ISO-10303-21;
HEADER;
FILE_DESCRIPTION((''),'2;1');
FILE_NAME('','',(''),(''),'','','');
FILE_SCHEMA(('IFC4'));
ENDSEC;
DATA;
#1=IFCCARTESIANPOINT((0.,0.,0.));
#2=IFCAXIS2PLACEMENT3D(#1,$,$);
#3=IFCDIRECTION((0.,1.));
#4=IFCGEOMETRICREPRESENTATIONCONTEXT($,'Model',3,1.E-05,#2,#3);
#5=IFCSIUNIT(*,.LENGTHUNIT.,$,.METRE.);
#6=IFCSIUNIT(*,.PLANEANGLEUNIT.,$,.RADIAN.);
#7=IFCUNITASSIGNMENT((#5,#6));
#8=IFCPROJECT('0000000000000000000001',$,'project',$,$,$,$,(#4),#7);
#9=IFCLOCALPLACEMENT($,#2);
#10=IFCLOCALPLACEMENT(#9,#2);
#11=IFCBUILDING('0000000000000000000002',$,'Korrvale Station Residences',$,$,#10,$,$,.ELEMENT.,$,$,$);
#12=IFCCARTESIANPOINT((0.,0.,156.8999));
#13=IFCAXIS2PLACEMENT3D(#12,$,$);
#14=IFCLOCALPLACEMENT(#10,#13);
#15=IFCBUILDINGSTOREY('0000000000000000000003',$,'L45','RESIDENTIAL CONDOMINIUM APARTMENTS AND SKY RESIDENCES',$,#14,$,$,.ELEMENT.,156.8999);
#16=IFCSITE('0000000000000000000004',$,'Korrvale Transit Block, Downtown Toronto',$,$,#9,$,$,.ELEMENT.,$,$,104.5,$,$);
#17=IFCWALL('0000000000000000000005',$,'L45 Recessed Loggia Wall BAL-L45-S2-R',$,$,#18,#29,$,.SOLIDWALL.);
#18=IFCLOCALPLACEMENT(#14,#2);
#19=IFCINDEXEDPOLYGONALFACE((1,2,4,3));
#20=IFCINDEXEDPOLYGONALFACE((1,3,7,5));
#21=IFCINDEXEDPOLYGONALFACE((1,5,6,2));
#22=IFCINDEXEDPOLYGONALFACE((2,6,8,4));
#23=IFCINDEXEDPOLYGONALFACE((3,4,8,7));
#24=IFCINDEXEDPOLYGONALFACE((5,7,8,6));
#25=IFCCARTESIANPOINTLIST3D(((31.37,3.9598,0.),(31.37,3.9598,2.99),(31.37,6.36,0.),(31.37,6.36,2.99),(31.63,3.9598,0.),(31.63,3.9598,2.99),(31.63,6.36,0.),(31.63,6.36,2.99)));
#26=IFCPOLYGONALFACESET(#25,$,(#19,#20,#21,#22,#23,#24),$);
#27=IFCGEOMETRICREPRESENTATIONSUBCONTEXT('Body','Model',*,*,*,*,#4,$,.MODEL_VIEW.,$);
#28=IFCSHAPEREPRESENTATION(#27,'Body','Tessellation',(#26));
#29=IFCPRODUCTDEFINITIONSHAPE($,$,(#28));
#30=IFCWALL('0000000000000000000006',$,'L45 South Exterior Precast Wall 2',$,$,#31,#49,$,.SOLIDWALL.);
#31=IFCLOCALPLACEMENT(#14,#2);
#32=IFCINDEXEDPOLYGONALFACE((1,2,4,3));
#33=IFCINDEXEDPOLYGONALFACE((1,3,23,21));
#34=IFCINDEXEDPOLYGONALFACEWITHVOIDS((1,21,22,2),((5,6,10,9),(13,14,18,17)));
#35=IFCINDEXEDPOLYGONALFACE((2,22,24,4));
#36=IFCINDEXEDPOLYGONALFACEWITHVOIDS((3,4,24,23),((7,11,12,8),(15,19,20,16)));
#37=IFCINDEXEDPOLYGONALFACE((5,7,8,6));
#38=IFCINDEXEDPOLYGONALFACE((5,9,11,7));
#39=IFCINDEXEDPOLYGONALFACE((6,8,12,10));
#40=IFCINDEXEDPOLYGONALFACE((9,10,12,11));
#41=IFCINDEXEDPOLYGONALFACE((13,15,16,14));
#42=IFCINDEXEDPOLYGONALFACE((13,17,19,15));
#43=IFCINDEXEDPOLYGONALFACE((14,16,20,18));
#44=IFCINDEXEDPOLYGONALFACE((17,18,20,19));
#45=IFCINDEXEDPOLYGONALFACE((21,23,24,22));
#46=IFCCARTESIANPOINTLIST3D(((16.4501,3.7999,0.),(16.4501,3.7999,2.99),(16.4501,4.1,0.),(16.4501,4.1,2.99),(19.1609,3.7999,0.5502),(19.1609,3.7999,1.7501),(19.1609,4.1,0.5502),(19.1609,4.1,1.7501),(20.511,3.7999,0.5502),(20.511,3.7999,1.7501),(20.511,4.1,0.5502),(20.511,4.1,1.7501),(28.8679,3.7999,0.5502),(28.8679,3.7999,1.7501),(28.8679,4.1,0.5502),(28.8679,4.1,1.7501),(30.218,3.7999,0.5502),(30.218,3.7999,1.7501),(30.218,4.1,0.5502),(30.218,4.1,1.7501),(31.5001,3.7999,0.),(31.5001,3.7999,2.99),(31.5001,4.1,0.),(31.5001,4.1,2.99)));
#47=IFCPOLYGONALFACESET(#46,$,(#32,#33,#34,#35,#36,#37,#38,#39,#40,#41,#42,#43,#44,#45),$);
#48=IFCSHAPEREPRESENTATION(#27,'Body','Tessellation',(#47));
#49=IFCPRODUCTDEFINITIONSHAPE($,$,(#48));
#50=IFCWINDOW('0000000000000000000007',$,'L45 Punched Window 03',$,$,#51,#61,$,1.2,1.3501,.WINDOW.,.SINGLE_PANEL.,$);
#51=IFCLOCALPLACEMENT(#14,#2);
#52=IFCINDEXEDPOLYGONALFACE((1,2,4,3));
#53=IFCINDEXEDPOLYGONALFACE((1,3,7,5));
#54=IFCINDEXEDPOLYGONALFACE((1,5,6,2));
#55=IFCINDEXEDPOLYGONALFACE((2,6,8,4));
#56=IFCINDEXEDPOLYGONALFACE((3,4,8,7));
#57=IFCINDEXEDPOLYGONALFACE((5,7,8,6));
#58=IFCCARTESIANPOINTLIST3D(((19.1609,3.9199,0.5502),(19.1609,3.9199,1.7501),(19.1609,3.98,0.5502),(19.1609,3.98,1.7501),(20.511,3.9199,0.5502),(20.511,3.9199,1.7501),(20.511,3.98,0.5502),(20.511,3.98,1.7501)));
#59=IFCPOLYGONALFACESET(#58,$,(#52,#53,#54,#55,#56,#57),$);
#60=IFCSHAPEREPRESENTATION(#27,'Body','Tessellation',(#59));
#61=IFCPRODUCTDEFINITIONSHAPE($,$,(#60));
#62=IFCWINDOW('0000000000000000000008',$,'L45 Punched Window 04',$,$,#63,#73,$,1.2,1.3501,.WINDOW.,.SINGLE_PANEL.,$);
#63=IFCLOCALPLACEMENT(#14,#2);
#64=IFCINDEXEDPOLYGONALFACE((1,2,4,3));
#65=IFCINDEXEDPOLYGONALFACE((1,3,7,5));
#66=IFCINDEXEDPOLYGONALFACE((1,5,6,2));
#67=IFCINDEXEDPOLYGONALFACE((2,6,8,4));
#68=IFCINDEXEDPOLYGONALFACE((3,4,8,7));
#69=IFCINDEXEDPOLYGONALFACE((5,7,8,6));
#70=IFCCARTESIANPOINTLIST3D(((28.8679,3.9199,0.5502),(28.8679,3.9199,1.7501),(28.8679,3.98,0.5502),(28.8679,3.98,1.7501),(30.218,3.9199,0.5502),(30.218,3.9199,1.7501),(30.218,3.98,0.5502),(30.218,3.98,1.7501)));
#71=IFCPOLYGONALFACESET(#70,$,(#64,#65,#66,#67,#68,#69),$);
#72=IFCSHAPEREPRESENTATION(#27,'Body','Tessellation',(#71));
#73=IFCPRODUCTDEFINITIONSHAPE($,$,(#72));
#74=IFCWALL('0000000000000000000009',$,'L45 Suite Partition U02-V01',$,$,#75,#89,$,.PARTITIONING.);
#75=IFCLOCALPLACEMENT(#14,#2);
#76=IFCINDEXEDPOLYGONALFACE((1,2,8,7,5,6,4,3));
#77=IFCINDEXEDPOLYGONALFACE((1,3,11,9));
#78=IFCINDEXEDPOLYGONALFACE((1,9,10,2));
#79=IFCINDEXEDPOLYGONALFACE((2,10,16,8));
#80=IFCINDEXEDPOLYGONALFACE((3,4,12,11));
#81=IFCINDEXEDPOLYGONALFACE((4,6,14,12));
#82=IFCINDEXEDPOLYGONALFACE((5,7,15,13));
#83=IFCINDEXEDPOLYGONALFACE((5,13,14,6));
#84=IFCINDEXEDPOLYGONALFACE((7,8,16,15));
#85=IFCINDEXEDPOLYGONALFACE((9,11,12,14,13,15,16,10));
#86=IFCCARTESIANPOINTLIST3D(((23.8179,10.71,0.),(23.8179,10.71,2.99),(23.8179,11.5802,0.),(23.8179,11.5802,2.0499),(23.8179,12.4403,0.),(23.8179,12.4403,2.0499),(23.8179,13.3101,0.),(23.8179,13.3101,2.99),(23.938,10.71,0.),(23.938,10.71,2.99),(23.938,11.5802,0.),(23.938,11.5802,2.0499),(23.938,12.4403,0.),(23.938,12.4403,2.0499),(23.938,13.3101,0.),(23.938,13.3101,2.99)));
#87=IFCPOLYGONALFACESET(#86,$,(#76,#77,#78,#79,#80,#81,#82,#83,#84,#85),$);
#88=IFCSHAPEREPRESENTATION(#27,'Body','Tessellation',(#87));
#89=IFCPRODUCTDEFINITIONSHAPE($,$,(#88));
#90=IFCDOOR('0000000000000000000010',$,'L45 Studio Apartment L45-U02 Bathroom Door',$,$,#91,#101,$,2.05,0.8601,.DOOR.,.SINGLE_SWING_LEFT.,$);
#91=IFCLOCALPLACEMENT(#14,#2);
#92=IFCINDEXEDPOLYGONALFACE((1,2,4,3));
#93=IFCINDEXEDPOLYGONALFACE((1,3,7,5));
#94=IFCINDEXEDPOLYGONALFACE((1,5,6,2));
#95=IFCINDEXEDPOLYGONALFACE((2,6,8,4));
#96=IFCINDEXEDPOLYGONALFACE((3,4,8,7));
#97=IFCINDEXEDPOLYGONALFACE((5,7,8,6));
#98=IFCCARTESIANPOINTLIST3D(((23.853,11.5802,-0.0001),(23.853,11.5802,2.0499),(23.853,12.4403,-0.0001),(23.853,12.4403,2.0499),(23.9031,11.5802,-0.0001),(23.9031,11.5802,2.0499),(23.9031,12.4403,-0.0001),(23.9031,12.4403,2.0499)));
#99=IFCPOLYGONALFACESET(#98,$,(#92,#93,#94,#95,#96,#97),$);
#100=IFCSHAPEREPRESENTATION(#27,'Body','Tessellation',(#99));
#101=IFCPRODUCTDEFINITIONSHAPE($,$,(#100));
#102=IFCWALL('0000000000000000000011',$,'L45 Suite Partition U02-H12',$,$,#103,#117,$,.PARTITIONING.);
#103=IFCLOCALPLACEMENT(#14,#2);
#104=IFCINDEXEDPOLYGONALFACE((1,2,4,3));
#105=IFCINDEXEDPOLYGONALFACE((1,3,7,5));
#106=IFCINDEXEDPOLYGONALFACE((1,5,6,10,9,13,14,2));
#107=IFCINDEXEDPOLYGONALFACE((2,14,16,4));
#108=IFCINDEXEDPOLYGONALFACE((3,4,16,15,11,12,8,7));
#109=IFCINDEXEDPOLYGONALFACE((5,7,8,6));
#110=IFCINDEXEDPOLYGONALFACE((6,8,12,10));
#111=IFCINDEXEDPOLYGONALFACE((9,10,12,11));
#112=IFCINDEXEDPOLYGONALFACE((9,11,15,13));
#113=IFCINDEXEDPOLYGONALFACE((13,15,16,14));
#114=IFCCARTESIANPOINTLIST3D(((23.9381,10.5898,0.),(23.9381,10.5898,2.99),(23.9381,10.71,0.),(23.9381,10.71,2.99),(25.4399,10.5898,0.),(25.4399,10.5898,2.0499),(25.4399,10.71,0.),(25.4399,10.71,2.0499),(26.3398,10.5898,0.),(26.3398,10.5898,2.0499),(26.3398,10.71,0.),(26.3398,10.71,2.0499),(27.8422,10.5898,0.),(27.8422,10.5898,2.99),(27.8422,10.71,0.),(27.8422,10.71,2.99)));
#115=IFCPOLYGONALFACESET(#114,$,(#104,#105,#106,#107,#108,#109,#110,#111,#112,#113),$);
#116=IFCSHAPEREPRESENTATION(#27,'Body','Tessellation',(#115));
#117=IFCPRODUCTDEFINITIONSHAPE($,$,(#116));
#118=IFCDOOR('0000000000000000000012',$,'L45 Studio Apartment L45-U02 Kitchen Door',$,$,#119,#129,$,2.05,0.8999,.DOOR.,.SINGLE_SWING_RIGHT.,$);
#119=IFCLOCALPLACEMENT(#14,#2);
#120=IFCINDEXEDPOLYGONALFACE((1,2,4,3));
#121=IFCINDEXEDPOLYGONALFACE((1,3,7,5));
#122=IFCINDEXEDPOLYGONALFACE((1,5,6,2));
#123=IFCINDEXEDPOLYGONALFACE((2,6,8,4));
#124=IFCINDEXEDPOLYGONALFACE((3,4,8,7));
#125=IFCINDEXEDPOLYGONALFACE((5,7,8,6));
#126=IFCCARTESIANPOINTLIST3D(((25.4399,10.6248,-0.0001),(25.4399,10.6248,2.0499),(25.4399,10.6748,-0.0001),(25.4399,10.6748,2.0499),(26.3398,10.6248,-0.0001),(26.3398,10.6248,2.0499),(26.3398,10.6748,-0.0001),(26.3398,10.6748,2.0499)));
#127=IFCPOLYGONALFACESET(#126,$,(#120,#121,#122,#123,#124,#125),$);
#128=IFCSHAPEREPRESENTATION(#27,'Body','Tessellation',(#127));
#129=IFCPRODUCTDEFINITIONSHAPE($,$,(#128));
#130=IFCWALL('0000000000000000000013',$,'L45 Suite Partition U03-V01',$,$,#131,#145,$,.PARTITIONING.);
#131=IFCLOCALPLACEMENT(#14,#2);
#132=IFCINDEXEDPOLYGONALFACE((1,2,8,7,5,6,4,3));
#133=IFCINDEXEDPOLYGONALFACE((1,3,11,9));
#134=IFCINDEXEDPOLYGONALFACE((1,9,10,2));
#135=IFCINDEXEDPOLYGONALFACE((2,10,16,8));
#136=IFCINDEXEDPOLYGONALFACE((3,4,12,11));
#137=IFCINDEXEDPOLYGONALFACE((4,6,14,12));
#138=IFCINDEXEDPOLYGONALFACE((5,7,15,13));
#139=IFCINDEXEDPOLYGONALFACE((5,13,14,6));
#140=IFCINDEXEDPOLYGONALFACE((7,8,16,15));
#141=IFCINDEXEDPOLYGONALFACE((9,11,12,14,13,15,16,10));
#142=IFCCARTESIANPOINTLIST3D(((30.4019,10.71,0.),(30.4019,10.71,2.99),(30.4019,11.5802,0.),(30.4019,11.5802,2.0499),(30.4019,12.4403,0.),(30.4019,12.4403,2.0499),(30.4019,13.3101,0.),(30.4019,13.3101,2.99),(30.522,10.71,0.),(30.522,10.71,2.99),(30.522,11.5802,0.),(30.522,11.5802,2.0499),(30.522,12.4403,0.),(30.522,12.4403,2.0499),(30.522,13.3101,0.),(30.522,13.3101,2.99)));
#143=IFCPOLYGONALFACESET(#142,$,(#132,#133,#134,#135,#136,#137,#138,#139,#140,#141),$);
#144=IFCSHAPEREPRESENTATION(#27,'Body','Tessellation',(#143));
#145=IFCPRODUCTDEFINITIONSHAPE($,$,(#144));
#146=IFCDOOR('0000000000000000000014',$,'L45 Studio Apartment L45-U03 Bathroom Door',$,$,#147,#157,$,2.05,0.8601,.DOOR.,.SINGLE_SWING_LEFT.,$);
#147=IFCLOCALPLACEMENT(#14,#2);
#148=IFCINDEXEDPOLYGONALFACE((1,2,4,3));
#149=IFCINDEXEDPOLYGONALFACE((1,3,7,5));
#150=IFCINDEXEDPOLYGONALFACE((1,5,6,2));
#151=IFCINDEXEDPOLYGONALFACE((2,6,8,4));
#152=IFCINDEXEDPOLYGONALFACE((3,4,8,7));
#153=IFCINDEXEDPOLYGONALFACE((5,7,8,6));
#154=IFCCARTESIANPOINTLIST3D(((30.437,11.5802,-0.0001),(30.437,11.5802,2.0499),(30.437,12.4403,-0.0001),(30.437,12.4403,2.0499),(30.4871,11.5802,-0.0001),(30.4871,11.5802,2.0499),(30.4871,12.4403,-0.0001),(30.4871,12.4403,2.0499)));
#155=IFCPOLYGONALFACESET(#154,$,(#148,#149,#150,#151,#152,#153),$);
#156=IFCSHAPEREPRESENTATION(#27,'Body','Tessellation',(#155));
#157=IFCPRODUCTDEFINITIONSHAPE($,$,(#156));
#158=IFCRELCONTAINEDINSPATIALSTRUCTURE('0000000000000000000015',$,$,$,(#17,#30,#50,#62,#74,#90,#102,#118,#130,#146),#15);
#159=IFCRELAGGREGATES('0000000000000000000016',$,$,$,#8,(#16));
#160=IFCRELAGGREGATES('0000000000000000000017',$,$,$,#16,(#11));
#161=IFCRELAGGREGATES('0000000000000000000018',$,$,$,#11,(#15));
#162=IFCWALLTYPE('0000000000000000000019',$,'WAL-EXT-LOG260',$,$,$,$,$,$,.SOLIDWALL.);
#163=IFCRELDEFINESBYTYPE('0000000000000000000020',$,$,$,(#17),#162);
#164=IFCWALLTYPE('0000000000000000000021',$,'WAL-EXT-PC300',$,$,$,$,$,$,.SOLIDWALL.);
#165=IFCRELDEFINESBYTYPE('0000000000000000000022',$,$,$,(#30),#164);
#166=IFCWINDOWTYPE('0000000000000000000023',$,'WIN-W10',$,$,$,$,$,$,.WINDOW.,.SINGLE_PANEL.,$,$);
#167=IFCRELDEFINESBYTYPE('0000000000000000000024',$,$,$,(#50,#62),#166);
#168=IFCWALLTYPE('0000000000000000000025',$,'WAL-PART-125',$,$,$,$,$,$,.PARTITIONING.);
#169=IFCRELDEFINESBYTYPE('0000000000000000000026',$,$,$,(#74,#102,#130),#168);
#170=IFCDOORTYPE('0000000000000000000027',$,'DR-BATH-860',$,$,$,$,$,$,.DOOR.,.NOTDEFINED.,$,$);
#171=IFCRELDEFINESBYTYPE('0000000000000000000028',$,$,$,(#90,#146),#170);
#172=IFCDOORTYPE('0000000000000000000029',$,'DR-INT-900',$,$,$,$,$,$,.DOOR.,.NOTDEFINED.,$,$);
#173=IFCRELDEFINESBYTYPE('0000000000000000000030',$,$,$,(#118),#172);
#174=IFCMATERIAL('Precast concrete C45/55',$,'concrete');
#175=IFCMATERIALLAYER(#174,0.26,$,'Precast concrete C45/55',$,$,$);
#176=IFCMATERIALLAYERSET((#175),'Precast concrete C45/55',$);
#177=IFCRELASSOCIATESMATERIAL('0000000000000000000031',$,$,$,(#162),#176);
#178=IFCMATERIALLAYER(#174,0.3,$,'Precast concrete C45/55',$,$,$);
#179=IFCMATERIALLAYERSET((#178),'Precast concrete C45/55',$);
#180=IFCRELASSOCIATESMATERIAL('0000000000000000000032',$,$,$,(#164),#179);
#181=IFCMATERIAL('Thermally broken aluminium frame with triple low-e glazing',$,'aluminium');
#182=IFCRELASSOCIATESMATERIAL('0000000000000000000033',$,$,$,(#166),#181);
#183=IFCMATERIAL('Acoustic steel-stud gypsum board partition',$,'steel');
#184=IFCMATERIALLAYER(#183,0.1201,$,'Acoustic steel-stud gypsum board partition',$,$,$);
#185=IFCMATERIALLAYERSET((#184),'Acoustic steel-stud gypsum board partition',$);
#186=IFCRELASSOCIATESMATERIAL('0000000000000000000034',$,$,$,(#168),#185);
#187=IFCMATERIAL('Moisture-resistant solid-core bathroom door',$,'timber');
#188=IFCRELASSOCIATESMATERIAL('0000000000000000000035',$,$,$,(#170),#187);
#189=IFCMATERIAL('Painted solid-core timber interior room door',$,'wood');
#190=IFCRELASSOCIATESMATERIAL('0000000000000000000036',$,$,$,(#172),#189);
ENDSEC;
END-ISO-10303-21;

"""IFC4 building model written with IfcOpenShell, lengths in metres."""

from ifc_helpers import new_model, si_unit, direction, frame, frame_2d, origin, place, context, subcontext, project, spatial, rectangle, extrude, material, layer, layer_set, type_object, element, fill, save


model = new_model("IFC4")

# Units and contexts
model_context = context("Model", 3, precision=1e-05, world=origin(), true_north=direction((0.0, 1.0)))
body_context = subcontext(model_context, "Body", "Model", "MODEL_VIEW")
ifc_project = project(units=[si_unit("LENGTHUNIT", "METRE"), si_unit("PLANEANGLEUNIT", "RADIAN")], contexts=[model_context])

# Site, building, storey
site_placement = place(None, origin())
site = spatial("IfcSite", under=ifc_project, at=site_placement, Name="Korrvale Transit Block, Downtown Toronto", CompositionType="ELEMENT", RefElevation=104.5)
building_placement = place(site_placement, origin())
building = spatial("IfcBuilding", under=site, at=building_placement, Name="Korrvale Station Residences", CompositionType="ELEMENT")
storey_placement = place(building_placement, frame((0.0, 0.0, 156.8999)))
storey = spatial("IfcBuildingStorey", under=building, at=storey_placement, Name="L45", Description="RESIDENTIAL CONDOMINIUM APARTMENTS AND SKY RESIDENCES", CompositionType="ELEMENT", Elevation=156.8999)

# Wall
ifc_material_1 = material(Name="Precast concrete C45/55", Category="concrete")
ifc_layer_1 = layer(ifc_material_1, 0.26, Name="Precast concrete C45/55")
ifc_layer_set_1 = layer_set([ifc_layer_1], Name="Precast concrete C45/55")
wall_type_1 = type_object("IfcWallType", Name="WAL-EXT-LOG260", PredefinedType="SOLIDWALL", material=ifc_layer_set_1)
wall_1_placement = place(storey_placement, frame((31.5, 6.3601, 0.0), z_axis=(0.0, 0.0, 1.0), x_axis=(0.0, -1.0, 0.0)))
element("IfcWall", 1, at=wall_1_placement, inside=storey, type_object=wall_type_1, Name="L45 Recessed Loggia Wall BAL-L45-S2-R", PredefinedType="SOLIDWALL", context=body_context, shape_type="SweptSolid", body=[
    extrude(rectangle(XDim=2.4001, YDim=0.26, at=frame_2d((1.2002, 0.0))), origin(), (0.0, 0.0, 1.0), 2.99),
])

# Wall, openings, windows
ifc_layer_2 = layer(ifc_material_1, 0.3, Name="Precast concrete C45/55")
ifc_layer_set_2 = layer_set([ifc_layer_2], Name="Precast concrete C45/55")
wall_type_2 = type_object("IfcWallType", Name="WAL-EXT-PC300", PredefinedType="SOLIDWALL", material=ifc_layer_set_2)
wall_2_placement = place(storey_placement, frame((31.5, 3.95, 0.0), z_axis=(0.0, 0.0, 1.0), x_axis=(-1.0, 0.0, 0.0)))
wall_2 = element("IfcWall", 2, at=wall_2_placement, inside=storey, type_object=wall_type_2, Name="L45 South Exterior Precast Wall 2", PredefinedType="SOLIDWALL", context=body_context, shape_type="SweptSolid", body=[
    extrude(rectangle(XDim=15.05, YDim=0.3, at=frame_2d((7.5249, 0.0))), origin(), (0.0, 0.0, 1.0), 2.99),
])
opening_1_placement = place(wall_2_placement, frame((10.989, 0.0, 0.55)))
opening_1 = element("IfcOpeningElement", 3, at=opening_1_placement, cuts=wall_2, PredefinedType="OPENING", context=body_context, shape_type="SweptSolid", body=[
    extrude(rectangle(XDim=1.3501, YDim=1.2, at=frame_2d((0.675, 0.6001))), frame((0.0, 0.1602, 0.0), z_axis=(0.0, -1.0, 0.0), x_axis=(1.0, 0.0, 0.0)), (0.0, 0.0, 1.0), 0.3201),
])
opening_2_placement = place(wall_2_placement, frame((1.282, 0.0, 0.55)))
opening_2 = element("IfcOpeningElement", 4, at=opening_2_placement, cuts=wall_2, PredefinedType="OPENING", context=body_context, shape_type="SweptSolid", body=[
    extrude(rectangle(XDim=1.3501, YDim=1.2, at=frame_2d((0.675, 0.6001))), frame((0.0, 0.1602, 0.0), z_axis=(0.0, -1.0, 0.0), x_axis=(1.0, 0.0, 0.0)), (0.0, 0.0, 1.0), 0.3201),
])
ifc_material_2 = material(Name="Thermally broken aluminium frame with triple low-e glazing", Category="aluminium")
window_type = type_object("IfcWindowType", Name="WIN-W10", PartitioningType="SINGLE_PANEL", PredefinedType="WINDOW", material=ifc_material_2)
window_1_placement = place(opening_1_placement, origin())
window_1 = element("IfcWindow", 5, at=window_1_placement, inside=storey, type_object=window_type, Name="L45 Punched Window 03", OverallHeight=1.2, OverallWidth=1.3501, PartitioningType="SINGLE_PANEL", PredefinedType="WINDOW", context=body_context, shape_type="SweptSolid", body=[
    extrude(rectangle(XDim=1.3501, YDim=1.2, at=frame_2d((0.675, 0.6001))), frame((0.0, 0.03, 0.0), z_axis=(0.0, -1.0, 0.0), x_axis=(1.0, 0.0, 0.0)), (0.0, 0.0, 1.0), 0.0601),
])
fill(opening_1, window_1)
window_2_placement = place(opening_2_placement, origin())
window_2 = element("IfcWindow", 6, at=window_2_placement, inside=storey, type_object=window_type, Name="L45 Punched Window 04", OverallHeight=1.2, OverallWidth=1.3501, PartitioningType="SINGLE_PANEL", PredefinedType="WINDOW", context=body_context, shape_type="SweptSolid", body=[
    extrude(rectangle(XDim=1.3501, YDim=1.2, at=frame_2d((0.675, 0.6001))), frame((0.0, 0.03, 0.0), z_axis=(0.0, -1.0, 0.0), x_axis=(1.0, 0.0, 0.0)), (0.0, 0.0, 1.0), 0.0601),
])
fill(opening_2, window_2)

# Walls, openings, doors
ifc_material_3 = material(Name="Acoustic steel-stud gypsum board partition", Category="steel")
ifc_layer_3 = layer(ifc_material_3, 0.1201, Name="Acoustic steel-stud gypsum board partition")
ifc_layer_set_3 = layer_set([ifc_layer_3], Name="Acoustic steel-stud gypsum board partition")
wall_type_3 = type_object("IfcWallType", Name="WAL-PART-125", PredefinedType="PARTITIONING", material=ifc_layer_set_3)
wall_3_placement = place(storey_placement, frame((23.8779, 10.71, 0.0), z_axis=(0.0, 0.0, 1.0), x_axis=(0.0, 1.0, 0.0)))
wall_3 = element("IfcWall", 7, at=wall_3_placement, inside=storey, type_object=wall_type_3, Name="L45 Suite Partition U02-V01", PredefinedType="PARTITIONING", context=body_context, shape_type="SweptSolid", body=[
    extrude(rectangle(XDim=2.6001, YDim=0.1201, at=frame_2d((1.3, 0.0))), origin(), (0.0, 0.0, 1.0), 2.99),
])
opening_3_placement = place(wall_3_placement, frame((0.8701, 0.0, 0.0)))
opening_3 = element("IfcOpeningElement", 8, at=opening_3_placement, cuts=wall_3, PredefinedType="OPENING", context=body_context, shape_type="SweptSolid", body=[
    extrude(rectangle(XDim=0.8601, YDim=2.05, at=frame_2d((0.4302, 1.0249))), frame((0.0, 0.0701, 0.0), z_axis=(0.0, -1.0, 0.0), x_axis=(1.0, 0.0, 0.0)), (0.0, 0.0, 1.0), 0.1401),
])
ifc_material_4 = material(Name="Moisture-resistant solid-core bathroom door", Category="timber")
door_type_1 = type_object("IfcDoorType", Name="DR-BATH-860", OperationType="NOTDEFINED", PredefinedType="DOOR", material=ifc_material_4)
door_1_placement = place(opening_3_placement, origin())
door_1 = element("IfcDoor", 9, at=door_1_placement, inside=storey, type_object=door_type_1, Name="L45 Studio Apartment L45-U02 Bathroom Door", OperationType="SINGLE_SWING_LEFT", OverallHeight=2.05, OverallWidth=0.8601, PredefinedType="DOOR", context=body_context, shape_type="SweptSolid", body=[
    extrude(rectangle(XDim=0.8601, YDim=2.05, at=frame_2d((0.4302, 1.0249))), frame((0.0, 0.0249, 0.0), z_axis=(0.0, -1.0, 0.0), x_axis=(1.0, 0.0, 0.0)), (0.0, 0.0, 1.0), 0.05),
])
fill(opening_3, door_1)
wall_4_placement = place(storey_placement, frame((23.938, 10.6499, 0.0), z_axis=(0.0, 0.0, 1.0), x_axis=(1.0, 0.0, 0.0)))
wall_4 = element("IfcWall", 10, at=wall_4_placement, inside=storey, type_object=wall_type_3, Name="L45 Suite Partition U02-H12", PredefinedType="PARTITIONING", context=body_context, shape_type="SweptSolid", body=[
    extrude(rectangle(XDim=3.9041, YDim=0.1201, at=frame_2d((1.9521, 0.0))), origin(), (0.0, 0.0, 1.0), 2.99),
])
opening_4_placement = place(wall_4_placement, frame((1.502, 0.0, 0.0)))
opening_4 = element("IfcOpeningElement", 11, at=opening_4_placement, cuts=wall_4, PredefinedType="OPENING", context=body_context, shape_type="SweptSolid", body=[
    extrude(rectangle(XDim=0.8999, YDim=2.05, at=frame_2d((0.45, 1.0249))), frame((0.0, 0.0701, 0.0), z_axis=(0.0, -1.0, 0.0), x_axis=(1.0, 0.0, 0.0)), (0.0, 0.0, 1.0), 0.1401),
])
ifc_material_5 = material(Name="Painted solid-core timber interior room door", Category="wood")
door_type_2 = type_object("IfcDoorType", Name="DR-INT-900", OperationType="NOTDEFINED", PredefinedType="DOOR", material=ifc_material_5)
door_2_placement = place(opening_4_placement, origin())
door_2 = element("IfcDoor", 12, at=door_2_placement, inside=storey, type_object=door_type_2, Name="L45 Studio Apartment L45-U02 Kitchen Door", OperationType="SINGLE_SWING_RIGHT", OverallHeight=2.05, OverallWidth=0.8999, PredefinedType="DOOR", context=body_context, shape_type="SweptSolid", body=[
    extrude(rectangle(XDim=0.8999, YDim=2.05, at=frame_2d((0.45, 1.0249))), frame((0.0, 0.0249, 0.0), z_axis=(0.0, -1.0, 0.0), x_axis=(1.0, 0.0, 0.0)), (0.0, 0.0, 1.0), 0.05),
])
fill(opening_4, door_2)
wall_5_placement = place(storey_placement, frame((30.4619, 10.71, 0.0), z_axis=(0.0, 0.0, 1.0), x_axis=(0.0, 1.0, 0.0)))
wall_5 = element("IfcWall", 13, at=wall_5_placement, inside=storey, type_object=wall_type_3, Name="L45 Suite Partition U03-V01", PredefinedType="PARTITIONING", context=body_context, shape_type="SweptSolid", body=[
    extrude(rectangle(XDim=2.6001, YDim=0.1201, at=frame_2d((1.3, 0.0))), origin(), (0.0, 0.0, 1.0), 2.99),
])
opening_5_placement = place(wall_5_placement, frame((0.8701, 0.0, 0.0)))
opening_5 = element("IfcOpeningElement", 14, at=opening_5_placement, cuts=wall_5, PredefinedType="OPENING", context=body_context, shape_type="SweptSolid", body=[
    extrude(rectangle(XDim=0.8601, YDim=2.05, at=frame_2d((0.4302, 1.0249))), frame((0.0, 0.0701, 0.0), z_axis=(0.0, -1.0, 0.0), x_axis=(1.0, 0.0, 0.0)), (0.0, 0.0, 1.0), 0.1401),
])
door_3_placement = place(opening_5_placement, origin())
door_3 = element("IfcDoor", 15, at=door_3_placement, inside=storey, type_object=door_type_1, Name="L45 Studio Apartment L45-U03 Bathroom Door", OperationType="SINGLE_SWING_LEFT", OverallHeight=2.05, OverallWidth=0.8601, PredefinedType="DOOR", context=body_context, shape_type="SweptSolid", body=[
    extrude(rectangle(XDim=0.8601, YDim=2.05, at=frame_2d((0.4302, 1.0249))), frame((0.0, 0.0249, 0.0), z_axis=(0.0, -1.0, 0.0), x_axis=(1.0, 0.0, 0.0)), (0.0, 0.0, 1.0), 0.05),
])
fill(opening_5, door_3)

save(model, "model.ifc")
